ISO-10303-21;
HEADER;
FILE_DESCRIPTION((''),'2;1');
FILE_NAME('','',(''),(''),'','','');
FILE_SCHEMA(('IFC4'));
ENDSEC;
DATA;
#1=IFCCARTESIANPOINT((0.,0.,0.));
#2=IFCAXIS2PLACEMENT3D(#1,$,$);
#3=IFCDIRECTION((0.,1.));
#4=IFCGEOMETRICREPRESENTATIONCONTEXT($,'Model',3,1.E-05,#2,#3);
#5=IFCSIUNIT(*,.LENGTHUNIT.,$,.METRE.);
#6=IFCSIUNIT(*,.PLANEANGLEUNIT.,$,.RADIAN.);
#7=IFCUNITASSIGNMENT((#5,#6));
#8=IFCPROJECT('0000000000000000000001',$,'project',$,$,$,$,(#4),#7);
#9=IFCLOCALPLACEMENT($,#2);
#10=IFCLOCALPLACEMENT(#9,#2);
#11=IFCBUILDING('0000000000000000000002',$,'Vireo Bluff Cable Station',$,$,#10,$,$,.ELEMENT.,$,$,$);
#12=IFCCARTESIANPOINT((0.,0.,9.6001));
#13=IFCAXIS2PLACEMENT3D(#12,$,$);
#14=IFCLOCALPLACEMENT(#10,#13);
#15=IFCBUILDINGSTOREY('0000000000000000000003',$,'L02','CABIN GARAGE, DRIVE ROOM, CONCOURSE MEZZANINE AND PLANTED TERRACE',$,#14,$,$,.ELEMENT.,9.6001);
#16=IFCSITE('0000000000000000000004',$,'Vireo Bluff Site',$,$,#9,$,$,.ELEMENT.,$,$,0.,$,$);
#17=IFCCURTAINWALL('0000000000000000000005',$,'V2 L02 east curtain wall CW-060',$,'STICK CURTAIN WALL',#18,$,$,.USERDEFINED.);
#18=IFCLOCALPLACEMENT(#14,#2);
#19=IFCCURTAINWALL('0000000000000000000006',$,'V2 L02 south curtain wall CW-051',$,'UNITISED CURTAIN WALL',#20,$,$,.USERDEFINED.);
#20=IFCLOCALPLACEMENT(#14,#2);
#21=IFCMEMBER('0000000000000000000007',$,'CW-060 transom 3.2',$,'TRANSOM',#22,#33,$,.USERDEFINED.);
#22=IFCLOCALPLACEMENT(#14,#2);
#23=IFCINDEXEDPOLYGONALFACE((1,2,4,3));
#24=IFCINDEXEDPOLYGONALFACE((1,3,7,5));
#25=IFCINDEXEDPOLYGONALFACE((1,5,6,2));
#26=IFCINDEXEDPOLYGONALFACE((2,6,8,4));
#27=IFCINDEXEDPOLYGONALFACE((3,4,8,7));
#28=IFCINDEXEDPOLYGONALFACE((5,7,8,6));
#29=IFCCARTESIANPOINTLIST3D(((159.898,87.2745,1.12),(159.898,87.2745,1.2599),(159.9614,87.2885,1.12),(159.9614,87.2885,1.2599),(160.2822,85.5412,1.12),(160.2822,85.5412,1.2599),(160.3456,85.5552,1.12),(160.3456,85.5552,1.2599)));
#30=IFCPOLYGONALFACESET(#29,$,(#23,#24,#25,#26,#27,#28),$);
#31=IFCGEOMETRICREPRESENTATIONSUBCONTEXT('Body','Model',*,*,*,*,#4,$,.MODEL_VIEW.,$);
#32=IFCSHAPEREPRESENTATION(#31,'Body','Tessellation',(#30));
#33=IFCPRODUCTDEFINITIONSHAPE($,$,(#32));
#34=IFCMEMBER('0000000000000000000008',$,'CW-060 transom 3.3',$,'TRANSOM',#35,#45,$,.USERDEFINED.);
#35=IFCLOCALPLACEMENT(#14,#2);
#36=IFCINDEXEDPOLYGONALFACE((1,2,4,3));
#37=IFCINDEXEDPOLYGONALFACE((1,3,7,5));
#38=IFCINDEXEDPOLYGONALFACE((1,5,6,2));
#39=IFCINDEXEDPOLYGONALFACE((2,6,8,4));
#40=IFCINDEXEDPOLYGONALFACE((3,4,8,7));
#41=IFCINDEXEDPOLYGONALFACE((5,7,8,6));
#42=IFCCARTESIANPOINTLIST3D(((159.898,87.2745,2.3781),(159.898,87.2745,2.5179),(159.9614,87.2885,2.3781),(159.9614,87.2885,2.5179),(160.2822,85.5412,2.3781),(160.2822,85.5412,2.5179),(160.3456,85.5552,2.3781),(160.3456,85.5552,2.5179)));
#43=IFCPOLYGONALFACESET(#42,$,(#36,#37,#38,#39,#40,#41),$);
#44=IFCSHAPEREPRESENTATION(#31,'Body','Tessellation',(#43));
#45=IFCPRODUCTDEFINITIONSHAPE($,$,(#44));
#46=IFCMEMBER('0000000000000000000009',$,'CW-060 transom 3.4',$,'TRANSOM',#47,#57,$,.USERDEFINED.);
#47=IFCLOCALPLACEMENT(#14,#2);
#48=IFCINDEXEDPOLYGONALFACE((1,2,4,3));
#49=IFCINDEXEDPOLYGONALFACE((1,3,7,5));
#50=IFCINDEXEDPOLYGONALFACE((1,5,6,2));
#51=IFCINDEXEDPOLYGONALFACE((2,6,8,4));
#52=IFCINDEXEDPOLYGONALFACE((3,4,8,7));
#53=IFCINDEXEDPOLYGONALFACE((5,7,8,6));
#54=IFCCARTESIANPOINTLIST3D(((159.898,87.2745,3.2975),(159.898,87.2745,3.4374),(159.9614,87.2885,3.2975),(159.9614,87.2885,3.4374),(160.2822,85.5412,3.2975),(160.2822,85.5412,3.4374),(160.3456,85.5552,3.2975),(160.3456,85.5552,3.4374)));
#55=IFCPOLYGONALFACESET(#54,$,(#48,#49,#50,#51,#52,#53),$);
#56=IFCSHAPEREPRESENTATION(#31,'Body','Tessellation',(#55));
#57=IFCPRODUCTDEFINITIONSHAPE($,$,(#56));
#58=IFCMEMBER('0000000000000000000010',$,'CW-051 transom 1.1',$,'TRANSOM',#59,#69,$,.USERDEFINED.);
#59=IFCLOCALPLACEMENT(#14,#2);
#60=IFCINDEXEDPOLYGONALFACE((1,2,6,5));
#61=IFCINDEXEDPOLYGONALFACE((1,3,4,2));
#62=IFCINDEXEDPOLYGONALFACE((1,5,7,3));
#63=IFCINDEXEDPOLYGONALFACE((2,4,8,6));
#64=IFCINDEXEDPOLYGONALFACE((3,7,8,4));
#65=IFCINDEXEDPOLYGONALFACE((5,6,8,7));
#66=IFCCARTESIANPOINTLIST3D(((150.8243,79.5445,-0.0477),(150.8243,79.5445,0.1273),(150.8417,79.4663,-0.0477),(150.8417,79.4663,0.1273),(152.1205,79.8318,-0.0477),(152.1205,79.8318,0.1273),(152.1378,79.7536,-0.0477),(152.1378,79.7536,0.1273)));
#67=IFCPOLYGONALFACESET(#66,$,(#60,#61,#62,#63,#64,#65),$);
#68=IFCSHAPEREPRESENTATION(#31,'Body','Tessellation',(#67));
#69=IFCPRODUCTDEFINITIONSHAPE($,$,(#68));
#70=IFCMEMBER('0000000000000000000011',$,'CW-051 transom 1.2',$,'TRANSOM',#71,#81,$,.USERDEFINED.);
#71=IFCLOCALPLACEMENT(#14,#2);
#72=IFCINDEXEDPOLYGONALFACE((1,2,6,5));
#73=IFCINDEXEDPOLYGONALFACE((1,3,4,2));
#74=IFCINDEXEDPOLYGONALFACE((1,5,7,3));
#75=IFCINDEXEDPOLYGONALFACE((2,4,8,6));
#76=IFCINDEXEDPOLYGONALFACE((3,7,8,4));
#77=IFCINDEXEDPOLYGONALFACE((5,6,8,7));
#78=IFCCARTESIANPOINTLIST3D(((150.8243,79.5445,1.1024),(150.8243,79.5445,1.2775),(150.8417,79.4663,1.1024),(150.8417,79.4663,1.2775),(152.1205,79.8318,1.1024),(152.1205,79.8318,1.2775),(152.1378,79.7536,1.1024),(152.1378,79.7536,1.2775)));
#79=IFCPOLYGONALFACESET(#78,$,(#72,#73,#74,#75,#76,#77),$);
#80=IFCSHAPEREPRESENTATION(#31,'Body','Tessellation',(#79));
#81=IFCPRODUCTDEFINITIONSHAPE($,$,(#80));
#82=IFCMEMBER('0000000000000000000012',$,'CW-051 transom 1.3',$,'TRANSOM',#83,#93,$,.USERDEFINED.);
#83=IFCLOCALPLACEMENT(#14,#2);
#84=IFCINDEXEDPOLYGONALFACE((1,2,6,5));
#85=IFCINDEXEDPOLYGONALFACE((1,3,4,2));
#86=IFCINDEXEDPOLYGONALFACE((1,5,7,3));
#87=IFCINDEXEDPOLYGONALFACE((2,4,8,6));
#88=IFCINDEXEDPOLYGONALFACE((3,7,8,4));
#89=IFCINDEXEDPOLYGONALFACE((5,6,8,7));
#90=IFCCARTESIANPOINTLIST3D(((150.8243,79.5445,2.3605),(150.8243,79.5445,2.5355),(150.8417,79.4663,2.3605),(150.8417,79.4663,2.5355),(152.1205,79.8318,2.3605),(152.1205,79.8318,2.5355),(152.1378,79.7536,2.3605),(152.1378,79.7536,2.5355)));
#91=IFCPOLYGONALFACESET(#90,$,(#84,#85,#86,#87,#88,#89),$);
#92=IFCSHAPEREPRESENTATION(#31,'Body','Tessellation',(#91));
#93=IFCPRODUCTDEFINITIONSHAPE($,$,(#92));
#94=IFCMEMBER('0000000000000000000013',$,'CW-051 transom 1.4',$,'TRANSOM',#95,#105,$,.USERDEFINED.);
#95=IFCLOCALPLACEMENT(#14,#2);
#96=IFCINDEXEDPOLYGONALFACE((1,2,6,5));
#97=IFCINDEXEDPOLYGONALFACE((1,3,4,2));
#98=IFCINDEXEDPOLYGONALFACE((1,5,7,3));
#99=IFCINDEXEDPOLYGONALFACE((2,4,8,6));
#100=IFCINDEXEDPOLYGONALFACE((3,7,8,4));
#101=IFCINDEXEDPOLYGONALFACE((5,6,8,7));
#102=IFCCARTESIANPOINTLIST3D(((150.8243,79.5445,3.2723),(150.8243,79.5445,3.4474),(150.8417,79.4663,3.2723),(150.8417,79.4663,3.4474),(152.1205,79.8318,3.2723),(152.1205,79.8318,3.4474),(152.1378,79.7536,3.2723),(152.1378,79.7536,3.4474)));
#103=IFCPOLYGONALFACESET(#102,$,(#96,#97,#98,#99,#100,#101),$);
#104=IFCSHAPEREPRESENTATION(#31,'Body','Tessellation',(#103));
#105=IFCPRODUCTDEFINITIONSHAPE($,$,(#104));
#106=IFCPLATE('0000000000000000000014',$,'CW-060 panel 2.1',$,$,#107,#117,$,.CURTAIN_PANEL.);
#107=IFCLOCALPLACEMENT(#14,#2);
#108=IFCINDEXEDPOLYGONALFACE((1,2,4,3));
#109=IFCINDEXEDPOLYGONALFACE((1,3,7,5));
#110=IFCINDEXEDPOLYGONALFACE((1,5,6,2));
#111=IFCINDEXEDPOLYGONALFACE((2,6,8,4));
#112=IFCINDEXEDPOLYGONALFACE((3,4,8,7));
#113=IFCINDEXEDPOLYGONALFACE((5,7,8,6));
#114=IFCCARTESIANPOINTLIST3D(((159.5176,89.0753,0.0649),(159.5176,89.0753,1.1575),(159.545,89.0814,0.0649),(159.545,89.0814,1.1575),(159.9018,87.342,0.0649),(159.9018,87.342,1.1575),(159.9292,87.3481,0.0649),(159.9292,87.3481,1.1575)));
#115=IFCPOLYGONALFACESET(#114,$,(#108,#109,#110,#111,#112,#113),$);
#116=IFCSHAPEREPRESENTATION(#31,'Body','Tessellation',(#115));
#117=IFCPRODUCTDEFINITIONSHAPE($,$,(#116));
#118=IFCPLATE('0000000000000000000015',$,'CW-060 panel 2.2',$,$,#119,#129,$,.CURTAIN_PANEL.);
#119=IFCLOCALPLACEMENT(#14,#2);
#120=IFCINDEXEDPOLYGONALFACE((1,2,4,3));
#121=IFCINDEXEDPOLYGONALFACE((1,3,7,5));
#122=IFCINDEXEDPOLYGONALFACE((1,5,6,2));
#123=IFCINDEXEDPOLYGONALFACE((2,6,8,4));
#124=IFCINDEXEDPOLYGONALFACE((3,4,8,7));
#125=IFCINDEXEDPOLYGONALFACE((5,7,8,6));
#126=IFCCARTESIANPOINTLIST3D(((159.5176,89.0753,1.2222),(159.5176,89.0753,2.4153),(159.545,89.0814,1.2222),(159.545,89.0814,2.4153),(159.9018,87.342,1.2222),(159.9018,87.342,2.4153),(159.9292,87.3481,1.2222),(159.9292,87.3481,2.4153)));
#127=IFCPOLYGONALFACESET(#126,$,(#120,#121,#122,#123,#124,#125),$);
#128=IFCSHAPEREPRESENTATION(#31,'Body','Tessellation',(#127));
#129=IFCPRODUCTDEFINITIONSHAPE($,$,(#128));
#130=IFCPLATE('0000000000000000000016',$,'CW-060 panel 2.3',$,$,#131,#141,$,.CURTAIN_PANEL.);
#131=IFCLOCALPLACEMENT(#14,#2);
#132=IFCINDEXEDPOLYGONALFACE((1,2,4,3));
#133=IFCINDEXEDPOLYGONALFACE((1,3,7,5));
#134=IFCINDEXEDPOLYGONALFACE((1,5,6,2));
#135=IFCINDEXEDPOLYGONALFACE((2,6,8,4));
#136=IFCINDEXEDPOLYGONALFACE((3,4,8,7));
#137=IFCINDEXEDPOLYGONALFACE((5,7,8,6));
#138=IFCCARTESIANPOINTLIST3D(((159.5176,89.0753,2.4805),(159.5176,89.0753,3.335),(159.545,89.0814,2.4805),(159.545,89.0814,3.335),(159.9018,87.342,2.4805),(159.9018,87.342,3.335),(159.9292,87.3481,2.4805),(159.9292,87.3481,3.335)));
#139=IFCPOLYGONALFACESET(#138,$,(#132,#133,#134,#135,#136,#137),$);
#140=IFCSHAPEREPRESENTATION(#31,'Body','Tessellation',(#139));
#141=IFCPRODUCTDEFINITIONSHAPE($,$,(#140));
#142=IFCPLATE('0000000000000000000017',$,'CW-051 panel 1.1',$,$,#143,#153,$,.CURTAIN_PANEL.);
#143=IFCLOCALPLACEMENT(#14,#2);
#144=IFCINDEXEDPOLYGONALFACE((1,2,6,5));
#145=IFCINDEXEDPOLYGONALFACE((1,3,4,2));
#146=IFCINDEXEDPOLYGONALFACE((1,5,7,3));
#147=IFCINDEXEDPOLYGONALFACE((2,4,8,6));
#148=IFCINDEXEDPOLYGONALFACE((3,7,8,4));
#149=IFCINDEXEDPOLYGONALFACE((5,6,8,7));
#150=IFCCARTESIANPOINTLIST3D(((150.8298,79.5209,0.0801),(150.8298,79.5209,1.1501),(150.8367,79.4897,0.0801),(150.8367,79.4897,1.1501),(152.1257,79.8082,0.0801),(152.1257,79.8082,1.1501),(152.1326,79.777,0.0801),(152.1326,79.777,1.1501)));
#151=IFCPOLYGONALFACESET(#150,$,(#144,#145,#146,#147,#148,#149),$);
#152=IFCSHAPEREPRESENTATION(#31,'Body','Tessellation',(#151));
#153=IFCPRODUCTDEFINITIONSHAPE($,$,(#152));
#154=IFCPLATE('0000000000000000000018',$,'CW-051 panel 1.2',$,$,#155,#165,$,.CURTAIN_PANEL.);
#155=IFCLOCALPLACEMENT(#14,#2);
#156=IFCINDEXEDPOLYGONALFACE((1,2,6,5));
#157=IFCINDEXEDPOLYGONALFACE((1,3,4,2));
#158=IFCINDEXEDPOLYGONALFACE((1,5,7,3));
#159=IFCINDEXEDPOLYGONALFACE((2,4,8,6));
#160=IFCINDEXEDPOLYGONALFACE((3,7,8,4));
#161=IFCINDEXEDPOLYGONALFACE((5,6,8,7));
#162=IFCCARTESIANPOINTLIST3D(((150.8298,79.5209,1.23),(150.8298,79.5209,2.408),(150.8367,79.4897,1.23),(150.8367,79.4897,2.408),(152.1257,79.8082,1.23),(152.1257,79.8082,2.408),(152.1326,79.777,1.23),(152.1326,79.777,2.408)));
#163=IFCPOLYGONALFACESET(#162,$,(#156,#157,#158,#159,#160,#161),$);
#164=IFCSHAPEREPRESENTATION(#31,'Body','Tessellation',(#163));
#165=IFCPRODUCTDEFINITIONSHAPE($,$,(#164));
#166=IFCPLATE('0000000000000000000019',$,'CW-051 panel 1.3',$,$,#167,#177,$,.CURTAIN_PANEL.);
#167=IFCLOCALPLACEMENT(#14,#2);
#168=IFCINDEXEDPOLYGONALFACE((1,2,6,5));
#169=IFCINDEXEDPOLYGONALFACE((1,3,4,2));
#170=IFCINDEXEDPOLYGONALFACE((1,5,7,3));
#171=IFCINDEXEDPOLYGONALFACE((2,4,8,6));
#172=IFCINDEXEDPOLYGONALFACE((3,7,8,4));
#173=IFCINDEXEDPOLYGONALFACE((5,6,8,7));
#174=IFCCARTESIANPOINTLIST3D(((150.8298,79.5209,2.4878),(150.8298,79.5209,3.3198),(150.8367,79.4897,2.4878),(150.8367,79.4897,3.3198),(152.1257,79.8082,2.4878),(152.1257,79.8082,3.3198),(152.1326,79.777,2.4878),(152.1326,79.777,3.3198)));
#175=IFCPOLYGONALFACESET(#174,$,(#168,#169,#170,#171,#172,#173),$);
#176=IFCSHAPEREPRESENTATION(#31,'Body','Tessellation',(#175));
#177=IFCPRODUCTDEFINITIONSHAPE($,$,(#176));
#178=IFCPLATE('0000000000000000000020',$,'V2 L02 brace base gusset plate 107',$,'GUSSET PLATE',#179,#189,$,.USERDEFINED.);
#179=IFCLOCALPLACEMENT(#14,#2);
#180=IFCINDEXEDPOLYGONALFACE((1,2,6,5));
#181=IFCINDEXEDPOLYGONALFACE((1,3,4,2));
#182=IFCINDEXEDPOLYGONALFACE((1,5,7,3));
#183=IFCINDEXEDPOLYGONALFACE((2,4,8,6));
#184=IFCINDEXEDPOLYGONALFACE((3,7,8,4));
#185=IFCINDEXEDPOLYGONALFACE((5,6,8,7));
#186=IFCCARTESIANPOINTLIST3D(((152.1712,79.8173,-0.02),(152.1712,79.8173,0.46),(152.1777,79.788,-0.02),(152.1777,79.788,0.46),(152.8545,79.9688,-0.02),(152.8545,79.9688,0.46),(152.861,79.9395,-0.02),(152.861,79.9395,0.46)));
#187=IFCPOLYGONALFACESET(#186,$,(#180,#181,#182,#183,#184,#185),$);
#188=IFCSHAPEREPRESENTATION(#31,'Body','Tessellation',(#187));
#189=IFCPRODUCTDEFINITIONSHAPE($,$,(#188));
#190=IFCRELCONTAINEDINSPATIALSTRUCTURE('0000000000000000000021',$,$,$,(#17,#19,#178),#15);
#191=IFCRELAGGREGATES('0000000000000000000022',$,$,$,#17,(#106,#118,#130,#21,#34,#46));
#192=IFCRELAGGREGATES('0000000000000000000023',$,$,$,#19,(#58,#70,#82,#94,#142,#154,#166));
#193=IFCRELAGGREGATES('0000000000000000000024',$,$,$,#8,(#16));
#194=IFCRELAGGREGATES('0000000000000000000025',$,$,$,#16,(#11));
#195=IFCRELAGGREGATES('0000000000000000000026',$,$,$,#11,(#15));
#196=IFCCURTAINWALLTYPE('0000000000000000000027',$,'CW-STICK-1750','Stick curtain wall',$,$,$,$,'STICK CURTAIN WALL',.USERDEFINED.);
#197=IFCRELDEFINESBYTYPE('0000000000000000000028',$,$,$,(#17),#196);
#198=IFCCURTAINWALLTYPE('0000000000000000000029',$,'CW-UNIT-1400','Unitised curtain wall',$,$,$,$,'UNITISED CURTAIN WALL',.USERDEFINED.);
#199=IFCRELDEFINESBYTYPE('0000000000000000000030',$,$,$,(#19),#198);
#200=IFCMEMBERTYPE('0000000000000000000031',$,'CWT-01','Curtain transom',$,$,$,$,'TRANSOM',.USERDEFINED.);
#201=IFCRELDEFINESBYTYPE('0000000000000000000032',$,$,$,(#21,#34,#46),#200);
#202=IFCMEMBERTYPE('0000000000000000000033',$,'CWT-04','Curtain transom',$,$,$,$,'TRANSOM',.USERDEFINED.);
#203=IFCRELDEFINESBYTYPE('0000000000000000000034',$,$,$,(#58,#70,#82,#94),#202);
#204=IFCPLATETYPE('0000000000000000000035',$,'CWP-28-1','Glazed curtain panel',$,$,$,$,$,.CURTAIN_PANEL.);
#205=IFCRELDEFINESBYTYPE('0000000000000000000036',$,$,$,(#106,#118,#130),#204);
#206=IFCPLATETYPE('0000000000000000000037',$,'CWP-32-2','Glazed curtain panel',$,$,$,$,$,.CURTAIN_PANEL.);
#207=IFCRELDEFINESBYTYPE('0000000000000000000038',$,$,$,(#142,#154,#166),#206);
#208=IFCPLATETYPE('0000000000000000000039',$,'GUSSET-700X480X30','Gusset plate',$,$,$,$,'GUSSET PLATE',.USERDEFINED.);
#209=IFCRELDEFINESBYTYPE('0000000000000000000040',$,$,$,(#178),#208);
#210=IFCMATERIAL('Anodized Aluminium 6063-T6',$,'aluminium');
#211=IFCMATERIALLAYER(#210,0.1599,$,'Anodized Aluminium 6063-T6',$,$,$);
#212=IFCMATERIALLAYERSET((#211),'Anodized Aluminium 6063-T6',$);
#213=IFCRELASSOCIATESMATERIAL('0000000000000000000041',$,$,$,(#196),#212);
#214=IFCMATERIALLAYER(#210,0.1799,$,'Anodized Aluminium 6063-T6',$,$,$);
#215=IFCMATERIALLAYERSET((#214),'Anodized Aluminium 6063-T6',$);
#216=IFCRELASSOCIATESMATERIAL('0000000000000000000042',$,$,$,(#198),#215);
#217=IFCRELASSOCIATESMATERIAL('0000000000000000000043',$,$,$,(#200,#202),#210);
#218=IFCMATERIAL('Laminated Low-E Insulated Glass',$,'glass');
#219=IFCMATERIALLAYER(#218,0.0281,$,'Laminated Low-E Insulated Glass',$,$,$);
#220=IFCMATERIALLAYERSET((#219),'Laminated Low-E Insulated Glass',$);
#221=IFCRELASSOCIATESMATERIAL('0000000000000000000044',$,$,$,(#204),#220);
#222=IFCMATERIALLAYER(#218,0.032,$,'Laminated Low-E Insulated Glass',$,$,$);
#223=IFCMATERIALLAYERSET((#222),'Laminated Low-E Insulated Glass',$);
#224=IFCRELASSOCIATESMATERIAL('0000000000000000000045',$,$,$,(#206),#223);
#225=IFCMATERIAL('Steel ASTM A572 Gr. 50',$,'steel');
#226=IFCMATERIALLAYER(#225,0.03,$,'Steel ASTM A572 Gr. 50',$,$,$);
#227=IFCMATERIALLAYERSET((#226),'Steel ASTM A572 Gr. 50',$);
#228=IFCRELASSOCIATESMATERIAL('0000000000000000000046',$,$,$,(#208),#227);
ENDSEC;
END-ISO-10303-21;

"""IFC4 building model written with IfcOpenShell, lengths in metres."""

from ifc_helpers import new_model, si_unit, direction, frame, origin, origin_2d, place, context, subcontext, project, spatial, rectangle, extrude, material, layer, layer_set, material_profile, profile_set, type_object, element, aggregate, save


model = new_model("IFC4")

# Units and contexts
model_context = context("Model", 3, precision=1e-05, world=origin(), true_north=direction((0.0, 1.0)))
body_context = subcontext(model_context, "Body", "Model", "MODEL_VIEW")
ifc_project = project(units=[si_unit("LENGTHUNIT", "METRE"), si_unit("PLANEANGLEUNIT", "RADIAN")], contexts=[model_context])

# Site, building, storey
site_placement = place(None, origin())
site = spatial("IfcSite", under=ifc_project, at=site_placement, Name="Vireo Bluff Site", CompositionType="ELEMENT", RefElevation=0.0)
building_placement = place(site_placement, origin())
building = spatial("IfcBuilding", under=site, at=building_placement, Name="Vireo Bluff Cable Station", CompositionType="ELEMENT")
storey_placement = place(building_placement, frame((0.0, 0.0, 9.6001)))
storey = spatial("IfcBuildingStorey", under=building, at=storey_placement, Name="L02", Description="CABIN GARAGE, DRIVE ROOM, CONCOURSE MEZZANINE AND PLANTED TERRACE", CompositionType="ELEMENT", Elevation=9.6001)

# Curtain walls
ifc_material_1 = material(Name="Anodized Aluminium 6063-T6", Category="aluminium")
ifc_layer_1 = layer(ifc_material_1, 0.1599, Name="Anodized Aluminium 6063-T6")
ifc_layer_set_1 = layer_set([ifc_layer_1], Name="Anodized Aluminium 6063-T6")
curtain_wall_type_1 = type_object("IfcCurtainWallType", Name="CW-STICK-1750", Description="Stick curtain wall", ElementType="STICK CURTAIN WALL", PredefinedType="USERDEFINED", material=ifc_layer_set_1)
curtain_wall_1_placement = place(storey_placement, origin())
curtain_wall_1 = element("IfcCurtainWall", 1, at=curtain_wall_1_placement, inside=storey, type_object=curtain_wall_type_1, Name="V2 L02 east curtain wall CW-060", ObjectType="STICK CURTAIN WALL", PredefinedType="USERDEFINED")
ifc_layer_2 = layer(ifc_material_1, 0.1799, Name="Anodized Aluminium 6063-T6")
ifc_layer_set_2 = layer_set([ifc_layer_2], Name="Anodized Aluminium 6063-T6")
curtain_wall_type_2 = type_object("IfcCurtainWallType", Name="CW-UNIT-1400", Description="Unitised curtain wall", ElementType="UNITISED CURTAIN WALL", PredefinedType="USERDEFINED", material=ifc_layer_set_2)
curtain_wall_2_placement = place(storey_placement, origin())
curtain_wall_2 = element("IfcCurtainWall", 2, at=curtain_wall_2_placement, inside=storey, type_object=curtain_wall_type_2, Name="V2 L02 south curtain wall CW-051", ObjectType="UNITISED CURTAIN WALL", PredefinedType="USERDEFINED")

# Members
ifc_material_profile_1 = material_profile(ifc_material_1, rectangle(XDim=0.0649, YDim=0.1399, at=origin_2d()), Name="ALU-T-65X140")
ifc_profile_set_1 = profile_set([ifc_material_profile_1], Name="Anodized Aluminium 6063-T6")
member_type_1 = type_object("IfcMemberType", Name="CWT-01", Description="Curtain transom", ElementType="TRANSOM", PredefinedType="USERDEFINED", material=ifc_profile_set_1)
member_1_placement = place(storey_placement, frame((159.9297, 87.2815, 1.1899), z_axis=(0.216435, -0.976297, 0.0), x_axis=(0.976297, 0.216435, 0.0)))
member_1 = element("IfcMember", 3, at=member_1_placement, type_object=member_type_1, Name="CW-060 transom 3.2", ObjectType="TRANSOM", PredefinedType="USERDEFINED", context=body_context, shape_type="SweptSolid", body=[
    extrude(rectangle(XDim=0.0649, YDim=0.1399, at=origin_2d()), origin(), (0.0, 0.0, 1.0), 1.7754),
])
member_2_placement = place(storey_placement, frame((159.9297, 87.2815, 2.448), z_axis=(0.216435, -0.976297, 0.0), x_axis=(0.976297, 0.216435, 0.0)))
member_2 = element("IfcMember", 4, at=member_2_placement, type_object=member_type_1, Name="CW-060 transom 3.3", ObjectType="TRANSOM", PredefinedType="USERDEFINED", context=body_context, shape_type="SweptSolid", body=[
    extrude(rectangle(XDim=0.0649, YDim=0.1399, at=origin_2d()), origin(), (0.0, 0.0, 1.0), 1.7754),
])
member_3_placement = place(storey_placement, frame((159.9297, 87.2815, 3.3674), z_axis=(0.216435, -0.976297, 0.0), x_axis=(0.976297, 0.216435, 0.0)))
member_3 = element("IfcMember", 5, at=member_3_placement, type_object=member_type_1, Name="CW-060 transom 3.4", ObjectType="TRANSOM", PredefinedType="USERDEFINED", context=body_context, shape_type="SweptSolid", body=[
    extrude(rectangle(XDim=0.0649, YDim=0.1399, at=origin_2d()), origin(), (0.0, 0.0, 1.0), 1.7754),
])
ifc_material_profile_2 = material_profile(ifc_material_1, rectangle(XDim=0.0801, YDim=0.175, at=origin_2d()), Name="ALU-T-80X175")
ifc_profile_set_2 = profile_set([ifc_material_profile_2], Name="Anodized Aluminium 6063-T6")
member_type_2 = type_object("IfcMemberType", Name="CWT-04", Description="Curtain transom", ElementType="TRANSOM", PredefinedType="USERDEFINED", material=ifc_profile_set_2)
member_4_placement = place(storey_placement, frame((152.1292, 79.7927, 0.0398), z_axis=(-0.976295, -0.216444, 0.0), x_axis=(0.216444, -0.976295, 0.0)))
member_4 = element("IfcMember", 6, at=member_4_placement, type_object=member_type_2, Name="CW-051 transom 1.1", ObjectType="TRANSOM", PredefinedType="USERDEFINED", context=body_context, shape_type="SweptSolid", body=[
    extrude(rectangle(XDim=0.0801, YDim=0.175, at=origin_2d()), origin(), (0.0, 0.0, 1.0), 1.3276),
])
member_5_placement = place(storey_placement, frame((152.1292, 79.7927, 1.1899), z_axis=(-0.976295, -0.216444, 0.0), x_axis=(0.216444, -0.976295, 0.0)))
member_5 = element("IfcMember", 7, at=member_5_placement, type_object=member_type_2, Name="CW-051 transom 1.2", ObjectType="TRANSOM", PredefinedType="USERDEFINED", context=body_context, shape_type="SweptSolid", body=[
    extrude(rectangle(XDim=0.0801, YDim=0.175, at=origin_2d()), origin(), (0.0, 0.0, 1.0), 1.3276),
])
member_6_placement = place(storey_placement, frame((152.1292, 79.7927, 2.448), z_axis=(-0.976295, -0.216444, 0.0), x_axis=(0.216444, -0.976295, 0.0)))
member_6 = element("IfcMember", 8, at=member_6_placement, type_object=member_type_2, Name="CW-051 transom 1.3", ObjectType="TRANSOM", PredefinedType="USERDEFINED", context=body_context, shape_type="SweptSolid", body=[
    extrude(rectangle(XDim=0.0801, YDim=0.175, at=origin_2d()), origin(), (0.0, 0.0, 1.0), 1.3276),
])
member_7_placement = place(storey_placement, frame((152.1292, 79.7927, 3.3599), z_axis=(-0.976295, -0.216444, 0.0), x_axis=(0.216444, -0.976295, 0.0)))
member_7 = element("IfcMember", 9, at=member_7_placement, type_object=member_type_2, Name="CW-051 transom 1.4", ObjectType="TRANSOM", PredefinedType="USERDEFINED", context=body_context, shape_type="SweptSolid", body=[
    extrude(rectangle(XDim=0.0801, YDim=0.175, at=origin_2d()), origin(), (0.0, 0.0, 1.0), 1.3276),
])

# Plates
ifc_material_2 = material(Name="Laminated Low-E Insulated Glass", Category="glass")
ifc_layer_3 = layer(ifc_material_2, 0.0281, Name="Laminated Low-E Insulated Glass")
ifc_layer_set_3 = layer_set([ifc_layer_3], Name="Laminated Low-E Insulated Glass")
plate_type_1 = type_object("IfcPlateType", Name="CWP-28-1", Description="Glazed curtain panel", PredefinedType="CURTAIN_PANEL", material=ifc_layer_set_3)
plate_1_placement = place(storey_placement, frame((159.7234, 88.2117, 0.0649), z_axis=(0.0, 0.0, 1.0), x_axis=(0.21644, -0.976296, 0.0)))
plate_1 = element("IfcPlate", 10, at=plate_1_placement, type_object=plate_type_1, Name="CW-060 panel 2.1", PredefinedType="CURTAIN_PANEL", context=body_context, shape_type="SweptSolid", body=[
    extrude(rectangle(XDim=1.7754, YDim=0.0281, at=origin_2d()), origin(), (0.0, 0.0, 1.0), 1.0925),
])
plate_2_placement = place(storey_placement, frame((159.7234, 88.2117, 1.2222), z_axis=(0.0, 0.0, 1.0), x_axis=(0.21644, -0.976296, 0.0)))
plate_2 = element("IfcPlate", 11, at=plate_2_placement, type_object=plate_type_1, Name="CW-060 panel 2.2", PredefinedType="CURTAIN_PANEL", context=body_context, shape_type="SweptSolid", body=[
    extrude(rectangle(XDim=1.7754, YDim=0.0281, at=origin_2d()), origin(), (0.0, 0.0, 1.0), 1.1931),
])
plate_3_placement = place(storey_placement, frame((159.7234, 88.2117, 2.4805), z_axis=(0.0, 0.0, 1.0), x_axis=(0.21644, -0.976296, 0.0)))
plate_3 = element("IfcPlate", 12, at=plate_3_placement, type_object=plate_type_1, Name="CW-060 panel 2.3", PredefinedType="CURTAIN_PANEL", context=body_context, shape_type="SweptSolid", body=[
    extrude(rectangle(XDim=1.7754, YDim=0.0281, at=origin_2d()), origin(), (0.0, 0.0, 1.0), 0.8545),
])
aggregate(curtain_wall_1, [plate_1, plate_2, plate_3, member_1, member_2, member_3])
ifc_layer_4 = layer(ifc_material_2, 0.032, Name="Laminated Low-E Insulated Glass")
ifc_layer_set_4 = layer_set([ifc_layer_4], Name="Laminated Low-E Insulated Glass")
plate_type_2 = type_object("IfcPlateType", Name="CWP-32-2", Description="Glazed curtain panel", PredefinedType="CURTAIN_PANEL", material=ifc_layer_set_4)
plate_4_placement = place(storey_placement, frame((151.4812, 79.6489, 0.0801), z_axis=(0.0, 0.0, 1.0), x_axis=(-0.976296, -0.21644, 0.0)))
plate_4 = element("IfcPlate", 13, at=plate_4_placement, type_object=plate_type_2, Name="CW-051 panel 1.1", PredefinedType="CURTAIN_PANEL", context=body_context, shape_type="SweptSolid", body=[
    extrude(rectangle(XDim=1.3274, YDim=0.032, at=origin_2d()), origin(), (0.0, 0.0, 1.0), 1.0701),
])
plate_5_placement = place(storey_placement, frame((151.4812, 79.6489, 1.23), z_axis=(0.0, 0.0, 1.0), x_axis=(-0.976296, -0.21644, 0.0)))
plate_5 = element("IfcPlate", 14, at=plate_5_placement, type_object=plate_type_2, Name="CW-051 panel 1.2", PredefinedType="CURTAIN_PANEL", context=body_context, shape_type="SweptSolid", body=[
    extrude(rectangle(XDim=1.3274, YDim=0.032, at=origin_2d()), origin(), (0.0, 0.0, 1.0), 1.178),
])
plate_6_placement = place(storey_placement, frame((151.4812, 79.6489, 2.4878), z_axis=(0.0, 0.0, 1.0), x_axis=(-0.976296, -0.21644, 0.0)))
plate_6 = element("IfcPlate", 15, at=plate_6_placement, type_object=plate_type_2, Name="CW-051 panel 1.3", PredefinedType="CURTAIN_PANEL", context=body_context, shape_type="SweptSolid", body=[
    extrude(rectangle(XDim=1.3274, YDim=0.032, at=origin_2d()), origin(), (0.0, 0.0, 1.0), 0.832),
])
aggregate(curtain_wall_2, [member_4, member_5, member_6, member_7, plate_4, plate_5, plate_6])

# Plate
ifc_material_3 = material(Name="Steel ASTM A572 Gr. 50", Category="steel")
ifc_layer_5 = layer(ifc_material_3, 0.03, Name="Steel ASTM A572 Gr. 50")
ifc_layer_set_5 = layer_set([ifc_layer_5], Name="Steel ASTM A572 Gr. 50")
plate_type_3 = type_object("IfcPlateType", Name="GUSSET-700X480X30", Description="Gusset plate", ElementType="GUSSET PLATE", PredefinedType="USERDEFINED", material=ifc_layer_set_5)
plate_7_placement = place(storey_placement, frame((152.5161, 79.8784, -0.02), z_axis=(0.0, 0.0, 1.0), x_axis=(0.976296, 0.21644, 0.0)))
element("IfcPlate", 16, at=plate_7_placement, inside=storey, type_object=plate_type_3, Name="V2 L02 brace base gusset plate 107", ObjectType="GUSSET PLATE", PredefinedType="USERDEFINED", context=body_context, shape_type="SweptSolid", body=[
    extrude(rectangle(XDim=0.7, YDim=0.03, at=origin_2d()), origin(), (0.0, 0.0, 1.0), 0.48),
])

save(model, "model.ifc")
